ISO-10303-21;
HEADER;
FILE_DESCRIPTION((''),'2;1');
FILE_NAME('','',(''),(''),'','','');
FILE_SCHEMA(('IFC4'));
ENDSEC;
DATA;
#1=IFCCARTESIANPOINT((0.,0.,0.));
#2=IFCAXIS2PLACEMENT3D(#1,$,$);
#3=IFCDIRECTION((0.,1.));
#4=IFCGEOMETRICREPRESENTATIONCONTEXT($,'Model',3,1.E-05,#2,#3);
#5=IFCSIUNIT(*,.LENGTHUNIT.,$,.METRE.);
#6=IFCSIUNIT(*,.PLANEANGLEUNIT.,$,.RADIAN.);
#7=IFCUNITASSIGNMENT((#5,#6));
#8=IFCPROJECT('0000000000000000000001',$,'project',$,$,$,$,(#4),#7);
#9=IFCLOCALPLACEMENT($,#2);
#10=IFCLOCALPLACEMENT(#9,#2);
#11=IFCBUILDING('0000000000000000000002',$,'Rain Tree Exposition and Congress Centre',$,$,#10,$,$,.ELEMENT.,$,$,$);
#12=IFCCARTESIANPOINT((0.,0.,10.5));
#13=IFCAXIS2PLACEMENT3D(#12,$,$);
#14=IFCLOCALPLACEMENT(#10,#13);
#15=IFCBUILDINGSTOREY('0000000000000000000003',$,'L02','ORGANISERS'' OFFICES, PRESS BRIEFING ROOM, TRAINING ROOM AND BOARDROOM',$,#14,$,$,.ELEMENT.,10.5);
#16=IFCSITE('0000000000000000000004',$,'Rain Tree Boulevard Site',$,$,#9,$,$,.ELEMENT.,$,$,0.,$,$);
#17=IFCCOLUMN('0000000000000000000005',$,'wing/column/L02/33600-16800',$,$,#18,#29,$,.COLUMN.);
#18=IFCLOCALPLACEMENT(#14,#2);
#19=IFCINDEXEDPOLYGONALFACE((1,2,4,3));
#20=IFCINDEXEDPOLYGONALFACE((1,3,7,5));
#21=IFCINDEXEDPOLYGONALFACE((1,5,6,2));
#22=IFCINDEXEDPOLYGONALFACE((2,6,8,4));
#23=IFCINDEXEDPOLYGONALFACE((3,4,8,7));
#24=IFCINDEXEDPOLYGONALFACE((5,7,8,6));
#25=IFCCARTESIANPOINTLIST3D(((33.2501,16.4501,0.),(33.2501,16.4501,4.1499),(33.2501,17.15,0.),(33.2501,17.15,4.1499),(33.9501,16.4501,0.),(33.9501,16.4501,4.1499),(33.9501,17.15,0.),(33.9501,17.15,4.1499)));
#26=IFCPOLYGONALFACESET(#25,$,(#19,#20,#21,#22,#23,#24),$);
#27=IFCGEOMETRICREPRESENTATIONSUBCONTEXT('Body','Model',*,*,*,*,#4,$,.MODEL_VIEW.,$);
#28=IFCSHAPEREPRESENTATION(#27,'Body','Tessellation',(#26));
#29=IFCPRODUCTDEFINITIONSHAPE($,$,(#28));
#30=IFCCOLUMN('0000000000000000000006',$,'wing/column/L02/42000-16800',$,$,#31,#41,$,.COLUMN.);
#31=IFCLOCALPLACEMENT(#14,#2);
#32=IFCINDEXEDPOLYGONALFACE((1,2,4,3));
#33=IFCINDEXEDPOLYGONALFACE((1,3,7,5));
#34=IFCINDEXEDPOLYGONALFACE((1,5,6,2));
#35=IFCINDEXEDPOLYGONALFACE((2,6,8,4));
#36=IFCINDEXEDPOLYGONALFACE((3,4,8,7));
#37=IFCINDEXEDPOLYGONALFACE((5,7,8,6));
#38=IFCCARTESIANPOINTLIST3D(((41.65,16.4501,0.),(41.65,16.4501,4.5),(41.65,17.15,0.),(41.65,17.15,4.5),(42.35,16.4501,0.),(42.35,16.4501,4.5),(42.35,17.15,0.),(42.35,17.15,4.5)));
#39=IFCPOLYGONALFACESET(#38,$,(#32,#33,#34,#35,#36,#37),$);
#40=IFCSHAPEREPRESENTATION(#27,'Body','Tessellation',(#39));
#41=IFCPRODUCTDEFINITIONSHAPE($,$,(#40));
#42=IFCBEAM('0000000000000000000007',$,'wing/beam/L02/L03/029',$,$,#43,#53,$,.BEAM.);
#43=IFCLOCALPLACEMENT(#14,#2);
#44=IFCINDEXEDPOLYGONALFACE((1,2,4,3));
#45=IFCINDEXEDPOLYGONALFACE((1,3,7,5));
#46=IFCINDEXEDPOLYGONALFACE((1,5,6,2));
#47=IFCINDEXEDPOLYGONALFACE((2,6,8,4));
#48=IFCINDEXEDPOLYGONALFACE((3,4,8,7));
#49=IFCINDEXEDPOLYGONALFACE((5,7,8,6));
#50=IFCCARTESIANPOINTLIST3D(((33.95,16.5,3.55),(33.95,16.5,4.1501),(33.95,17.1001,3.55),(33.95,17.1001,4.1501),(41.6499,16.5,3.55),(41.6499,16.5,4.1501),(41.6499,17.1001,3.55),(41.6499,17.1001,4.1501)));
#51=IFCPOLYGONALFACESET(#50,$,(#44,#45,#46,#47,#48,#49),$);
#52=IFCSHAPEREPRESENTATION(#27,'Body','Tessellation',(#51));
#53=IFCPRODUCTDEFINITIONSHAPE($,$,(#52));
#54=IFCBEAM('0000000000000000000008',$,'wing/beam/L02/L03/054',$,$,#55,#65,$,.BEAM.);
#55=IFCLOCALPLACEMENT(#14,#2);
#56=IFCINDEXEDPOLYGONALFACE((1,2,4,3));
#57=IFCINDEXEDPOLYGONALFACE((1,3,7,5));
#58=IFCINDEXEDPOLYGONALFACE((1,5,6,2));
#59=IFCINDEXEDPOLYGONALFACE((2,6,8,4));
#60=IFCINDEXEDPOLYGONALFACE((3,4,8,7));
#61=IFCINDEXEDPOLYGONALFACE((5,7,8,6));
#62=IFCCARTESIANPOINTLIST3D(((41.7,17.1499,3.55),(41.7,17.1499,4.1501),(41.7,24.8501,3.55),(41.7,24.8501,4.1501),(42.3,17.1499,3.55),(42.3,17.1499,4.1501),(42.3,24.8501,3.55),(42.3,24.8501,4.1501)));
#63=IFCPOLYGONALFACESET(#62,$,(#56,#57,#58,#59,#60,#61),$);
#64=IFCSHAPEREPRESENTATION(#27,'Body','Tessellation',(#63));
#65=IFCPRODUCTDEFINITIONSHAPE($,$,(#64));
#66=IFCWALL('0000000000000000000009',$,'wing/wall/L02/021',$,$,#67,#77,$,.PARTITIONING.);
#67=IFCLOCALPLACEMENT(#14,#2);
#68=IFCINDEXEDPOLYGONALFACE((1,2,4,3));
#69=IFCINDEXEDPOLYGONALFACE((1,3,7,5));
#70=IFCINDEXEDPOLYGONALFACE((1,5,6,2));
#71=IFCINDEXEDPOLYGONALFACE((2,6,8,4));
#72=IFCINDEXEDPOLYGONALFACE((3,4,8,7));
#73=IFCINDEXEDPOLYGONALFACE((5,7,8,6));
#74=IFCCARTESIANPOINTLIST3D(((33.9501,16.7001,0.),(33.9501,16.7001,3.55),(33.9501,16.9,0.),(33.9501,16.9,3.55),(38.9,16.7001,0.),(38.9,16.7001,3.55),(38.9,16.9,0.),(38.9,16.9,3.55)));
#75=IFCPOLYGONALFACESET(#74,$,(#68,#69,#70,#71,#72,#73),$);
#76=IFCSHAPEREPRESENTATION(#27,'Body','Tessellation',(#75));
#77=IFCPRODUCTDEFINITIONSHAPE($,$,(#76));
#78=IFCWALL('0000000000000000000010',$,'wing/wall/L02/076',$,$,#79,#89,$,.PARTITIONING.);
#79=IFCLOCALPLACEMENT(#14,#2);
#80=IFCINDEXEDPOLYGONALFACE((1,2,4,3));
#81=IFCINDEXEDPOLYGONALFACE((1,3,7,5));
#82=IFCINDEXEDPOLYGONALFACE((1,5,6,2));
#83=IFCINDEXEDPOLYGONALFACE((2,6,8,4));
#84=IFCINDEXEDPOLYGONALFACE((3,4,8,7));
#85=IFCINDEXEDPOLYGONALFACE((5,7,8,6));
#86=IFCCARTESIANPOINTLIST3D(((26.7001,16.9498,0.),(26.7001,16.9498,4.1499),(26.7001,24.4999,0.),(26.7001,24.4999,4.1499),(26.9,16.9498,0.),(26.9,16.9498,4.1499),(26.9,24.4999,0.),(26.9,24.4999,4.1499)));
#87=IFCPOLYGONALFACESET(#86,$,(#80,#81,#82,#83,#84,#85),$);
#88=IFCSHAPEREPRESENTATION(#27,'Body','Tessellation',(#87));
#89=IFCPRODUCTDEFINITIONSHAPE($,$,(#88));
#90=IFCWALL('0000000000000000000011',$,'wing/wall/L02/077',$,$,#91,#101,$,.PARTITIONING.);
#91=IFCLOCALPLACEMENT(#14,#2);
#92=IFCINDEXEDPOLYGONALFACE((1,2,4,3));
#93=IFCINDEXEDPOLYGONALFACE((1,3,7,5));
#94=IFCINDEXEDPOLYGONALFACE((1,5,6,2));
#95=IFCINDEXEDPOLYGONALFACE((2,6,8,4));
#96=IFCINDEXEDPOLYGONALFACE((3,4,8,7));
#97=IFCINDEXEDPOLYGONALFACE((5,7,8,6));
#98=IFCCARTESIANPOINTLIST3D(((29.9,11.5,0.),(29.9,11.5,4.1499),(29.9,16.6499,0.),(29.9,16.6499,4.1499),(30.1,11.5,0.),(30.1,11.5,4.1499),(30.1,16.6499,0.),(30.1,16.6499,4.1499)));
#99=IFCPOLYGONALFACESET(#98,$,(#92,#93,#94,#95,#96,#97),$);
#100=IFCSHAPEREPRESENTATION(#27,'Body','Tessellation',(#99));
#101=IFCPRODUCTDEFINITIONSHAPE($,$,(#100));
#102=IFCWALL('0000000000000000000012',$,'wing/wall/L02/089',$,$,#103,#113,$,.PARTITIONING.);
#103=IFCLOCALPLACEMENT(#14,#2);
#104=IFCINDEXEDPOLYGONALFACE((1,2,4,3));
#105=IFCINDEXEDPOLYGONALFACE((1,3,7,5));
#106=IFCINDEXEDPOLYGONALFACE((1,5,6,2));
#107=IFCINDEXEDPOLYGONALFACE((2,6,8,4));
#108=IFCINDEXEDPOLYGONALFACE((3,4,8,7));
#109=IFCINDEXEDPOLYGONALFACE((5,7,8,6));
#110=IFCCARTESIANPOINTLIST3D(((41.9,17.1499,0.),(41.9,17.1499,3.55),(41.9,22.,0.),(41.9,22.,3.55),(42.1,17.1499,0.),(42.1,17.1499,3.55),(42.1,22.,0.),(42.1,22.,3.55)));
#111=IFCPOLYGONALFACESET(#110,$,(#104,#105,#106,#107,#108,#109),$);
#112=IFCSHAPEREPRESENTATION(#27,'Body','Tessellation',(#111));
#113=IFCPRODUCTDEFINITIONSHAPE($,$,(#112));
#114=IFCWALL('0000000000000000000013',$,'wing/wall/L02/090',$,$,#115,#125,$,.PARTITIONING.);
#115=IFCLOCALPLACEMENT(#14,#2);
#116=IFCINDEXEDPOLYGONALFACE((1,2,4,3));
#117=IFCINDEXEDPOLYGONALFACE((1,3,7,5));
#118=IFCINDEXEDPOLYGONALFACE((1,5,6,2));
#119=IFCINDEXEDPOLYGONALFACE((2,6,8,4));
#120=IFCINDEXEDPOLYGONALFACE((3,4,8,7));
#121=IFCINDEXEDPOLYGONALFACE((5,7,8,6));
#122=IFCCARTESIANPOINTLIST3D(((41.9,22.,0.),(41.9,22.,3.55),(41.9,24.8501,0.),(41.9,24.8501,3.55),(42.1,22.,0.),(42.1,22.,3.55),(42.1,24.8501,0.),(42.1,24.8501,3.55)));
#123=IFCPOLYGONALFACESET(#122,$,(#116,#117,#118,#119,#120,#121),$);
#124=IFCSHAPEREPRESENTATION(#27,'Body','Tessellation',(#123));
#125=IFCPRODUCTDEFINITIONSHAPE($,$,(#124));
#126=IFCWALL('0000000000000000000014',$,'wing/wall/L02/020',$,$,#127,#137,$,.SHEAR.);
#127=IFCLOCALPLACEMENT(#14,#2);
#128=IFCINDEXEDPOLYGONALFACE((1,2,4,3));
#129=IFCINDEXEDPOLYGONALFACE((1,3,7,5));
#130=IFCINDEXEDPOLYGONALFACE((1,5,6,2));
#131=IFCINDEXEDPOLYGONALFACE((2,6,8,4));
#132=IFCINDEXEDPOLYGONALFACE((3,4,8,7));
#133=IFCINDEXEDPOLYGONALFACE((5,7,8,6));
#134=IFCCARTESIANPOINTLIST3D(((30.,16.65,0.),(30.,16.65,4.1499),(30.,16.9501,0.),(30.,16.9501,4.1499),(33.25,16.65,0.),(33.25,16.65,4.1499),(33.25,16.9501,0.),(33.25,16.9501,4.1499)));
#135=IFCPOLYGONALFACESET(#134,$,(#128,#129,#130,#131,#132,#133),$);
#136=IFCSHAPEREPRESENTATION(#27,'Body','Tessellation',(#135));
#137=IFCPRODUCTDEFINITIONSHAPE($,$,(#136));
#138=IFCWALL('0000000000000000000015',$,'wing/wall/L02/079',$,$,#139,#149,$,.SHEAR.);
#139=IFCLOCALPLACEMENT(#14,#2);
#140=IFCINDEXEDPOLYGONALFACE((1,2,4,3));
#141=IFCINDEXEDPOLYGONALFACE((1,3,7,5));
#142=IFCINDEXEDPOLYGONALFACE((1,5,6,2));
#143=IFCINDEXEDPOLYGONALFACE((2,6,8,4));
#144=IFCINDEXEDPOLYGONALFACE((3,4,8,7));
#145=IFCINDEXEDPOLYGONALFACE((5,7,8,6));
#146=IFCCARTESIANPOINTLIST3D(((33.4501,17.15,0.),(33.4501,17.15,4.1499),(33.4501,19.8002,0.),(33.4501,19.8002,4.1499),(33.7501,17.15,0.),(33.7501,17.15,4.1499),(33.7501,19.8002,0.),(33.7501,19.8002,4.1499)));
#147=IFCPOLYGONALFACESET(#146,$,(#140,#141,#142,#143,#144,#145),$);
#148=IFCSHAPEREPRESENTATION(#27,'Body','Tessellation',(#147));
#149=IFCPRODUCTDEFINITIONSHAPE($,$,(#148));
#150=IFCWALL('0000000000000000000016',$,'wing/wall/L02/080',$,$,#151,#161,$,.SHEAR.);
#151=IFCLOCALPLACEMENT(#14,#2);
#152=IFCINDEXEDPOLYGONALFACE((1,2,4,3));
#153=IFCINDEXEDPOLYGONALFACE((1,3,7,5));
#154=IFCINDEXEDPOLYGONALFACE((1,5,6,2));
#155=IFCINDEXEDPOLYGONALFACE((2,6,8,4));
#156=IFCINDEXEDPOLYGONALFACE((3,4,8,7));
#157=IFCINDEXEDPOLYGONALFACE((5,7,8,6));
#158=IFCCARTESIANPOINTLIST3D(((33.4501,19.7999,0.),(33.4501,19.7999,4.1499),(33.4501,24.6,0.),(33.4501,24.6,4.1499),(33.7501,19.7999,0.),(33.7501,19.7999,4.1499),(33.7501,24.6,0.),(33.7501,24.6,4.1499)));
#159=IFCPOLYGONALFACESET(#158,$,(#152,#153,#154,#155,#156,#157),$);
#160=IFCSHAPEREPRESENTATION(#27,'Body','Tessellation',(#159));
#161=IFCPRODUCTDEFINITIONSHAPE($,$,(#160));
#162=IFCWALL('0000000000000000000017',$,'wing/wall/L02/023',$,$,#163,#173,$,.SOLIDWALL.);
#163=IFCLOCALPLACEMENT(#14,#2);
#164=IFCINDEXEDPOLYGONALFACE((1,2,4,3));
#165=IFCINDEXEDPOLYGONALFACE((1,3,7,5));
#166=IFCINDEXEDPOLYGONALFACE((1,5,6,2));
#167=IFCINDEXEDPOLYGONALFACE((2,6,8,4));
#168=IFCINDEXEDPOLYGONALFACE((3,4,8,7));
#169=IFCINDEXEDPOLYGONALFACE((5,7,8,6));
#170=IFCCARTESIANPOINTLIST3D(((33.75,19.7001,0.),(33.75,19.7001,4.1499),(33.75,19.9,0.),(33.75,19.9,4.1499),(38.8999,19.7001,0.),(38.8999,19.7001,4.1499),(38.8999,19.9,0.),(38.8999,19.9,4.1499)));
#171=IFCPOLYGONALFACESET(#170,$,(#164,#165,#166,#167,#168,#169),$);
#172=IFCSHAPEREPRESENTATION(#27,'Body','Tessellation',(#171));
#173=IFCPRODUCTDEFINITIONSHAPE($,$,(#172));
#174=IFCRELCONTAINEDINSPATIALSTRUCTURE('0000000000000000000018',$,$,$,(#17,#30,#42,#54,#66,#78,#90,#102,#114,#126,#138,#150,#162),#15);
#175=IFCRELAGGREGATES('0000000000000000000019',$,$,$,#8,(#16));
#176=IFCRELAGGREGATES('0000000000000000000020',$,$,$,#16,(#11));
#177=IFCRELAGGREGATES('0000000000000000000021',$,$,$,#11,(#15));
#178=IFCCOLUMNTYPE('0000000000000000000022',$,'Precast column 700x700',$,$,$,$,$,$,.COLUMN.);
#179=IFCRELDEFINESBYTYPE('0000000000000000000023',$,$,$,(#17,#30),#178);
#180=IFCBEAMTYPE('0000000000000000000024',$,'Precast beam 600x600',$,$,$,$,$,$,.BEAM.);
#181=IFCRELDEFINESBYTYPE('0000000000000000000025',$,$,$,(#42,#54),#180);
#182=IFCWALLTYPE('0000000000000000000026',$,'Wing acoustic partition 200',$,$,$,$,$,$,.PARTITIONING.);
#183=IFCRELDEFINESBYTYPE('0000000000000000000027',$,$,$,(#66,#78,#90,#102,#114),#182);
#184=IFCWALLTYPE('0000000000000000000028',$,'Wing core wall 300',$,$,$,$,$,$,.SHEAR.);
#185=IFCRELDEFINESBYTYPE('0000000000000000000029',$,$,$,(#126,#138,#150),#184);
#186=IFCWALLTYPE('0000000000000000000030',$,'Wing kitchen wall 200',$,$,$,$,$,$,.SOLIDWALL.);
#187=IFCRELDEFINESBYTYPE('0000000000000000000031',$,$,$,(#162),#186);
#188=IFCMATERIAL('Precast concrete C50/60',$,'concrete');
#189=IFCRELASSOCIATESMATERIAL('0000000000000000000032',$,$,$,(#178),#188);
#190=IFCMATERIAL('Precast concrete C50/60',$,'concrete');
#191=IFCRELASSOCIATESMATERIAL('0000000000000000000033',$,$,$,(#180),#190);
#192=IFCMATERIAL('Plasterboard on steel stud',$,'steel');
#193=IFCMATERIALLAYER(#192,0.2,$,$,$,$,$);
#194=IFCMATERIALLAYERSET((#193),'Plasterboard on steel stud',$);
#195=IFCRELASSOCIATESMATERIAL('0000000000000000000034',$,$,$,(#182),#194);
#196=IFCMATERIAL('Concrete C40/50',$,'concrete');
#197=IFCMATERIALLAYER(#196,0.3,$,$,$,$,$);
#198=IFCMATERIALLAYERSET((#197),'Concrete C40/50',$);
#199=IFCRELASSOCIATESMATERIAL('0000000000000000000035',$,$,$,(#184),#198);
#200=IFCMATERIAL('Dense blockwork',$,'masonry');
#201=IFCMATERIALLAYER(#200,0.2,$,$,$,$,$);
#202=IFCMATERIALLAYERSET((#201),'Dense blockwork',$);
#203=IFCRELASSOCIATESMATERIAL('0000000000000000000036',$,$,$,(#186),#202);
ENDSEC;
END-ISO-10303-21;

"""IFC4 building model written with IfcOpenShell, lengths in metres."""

from ifc_helpers import new_model, si_unit, direction, frame, frame_2d, origin, origin_2d, place, context, subcontext, project, spatial, rectangle, extrude, material, layer, layer_set, material_profile, profile_set, type_object, element, save


model = new_model("IFC4")

# Units and contexts
model_context = context("Model", 3, precision=1e-05, world=origin(), true_north=direction((0.0, 1.0)))
body_context = subcontext(model_context, "Body", "Model", "MODEL_VIEW")
ifc_project = project(units=[si_unit("LENGTHUNIT", "METRE"), si_unit("PLANEANGLEUNIT", "RADIAN")], contexts=[model_context])

# Site, building, storey
site_placement = place(None, origin())
site = spatial("IfcSite", under=ifc_project, at=site_placement, Name="Rain Tree Boulevard Site", CompositionType="ELEMENT", RefElevation=0.0)
building_placement = place(site_placement, origin())
building = spatial("IfcBuilding", under=site, at=building_placement, Name="Rain Tree Exposition and Congress Centre", CompositionType="ELEMENT")
storey_placement = place(building_placement, frame((0.0, 0.0, 10.5)))
storey = spatial("IfcBuildingStorey", under=building, at=storey_placement, Name="L02", Description="ORGANISERS' OFFICES, PRESS BRIEFING ROOM, TRAINING ROOM AND BOARDROOM", CompositionType="ELEMENT", Elevation=10.5)

# Columns
ifc_material_1 = material(Name="Precast concrete C50/60", Category="concrete")
ifc_material_profile_1 = material_profile(ifc_material_1, rectangle(XDim=0.7, YDim=0.7, at=origin_2d()), Name="RC 700x700")
ifc_profile_set_1 = profile_set([ifc_material_profile_1], Name="Precast concrete C50/60")
column_type = type_object("IfcColumnType", Name="Precast column 700x700", PredefinedType="COLUMN", material=ifc_profile_set_1)
column_1_placement = place(storey_placement, frame((33.6001, 16.8, 0.0), z_axis=(0.0, 0.0, 1.0), x_axis=(1.0, 0.0, 0.0)))
element("IfcColumn", 1, at=column_1_placement, inside=storey, type_object=column_type, Name="wing/column/L02/33600-16800", PredefinedType="COLUMN", context=body_context, shape_type="SweptSolid", body=[
    extrude(rectangle(XDim=0.7, YDim=0.7, at=origin_2d()), origin(), (0.0, 0.0, 1.0), 4.1499),
])
column_2_placement = place(storey_placement, frame((42.0, 16.8, 0.0), z_axis=(0.0, 0.0, 1.0), x_axis=(1.0, 0.0, 0.0)))
element("IfcColumn", 2, at=column_2_placement, inside=storey, type_object=column_type, Name="wing/column/L02/42000-16800", PredefinedType="COLUMN", context=body_context, shape_type="SweptSolid", body=[
    extrude(rectangle(XDim=0.7, YDim=0.7, at=origin_2d()), origin(), (0.0, 0.0, 1.0), 4.5),
])

# Beams
ifc_material_2 = material(Name="Precast concrete C50/60", Category="concrete")
ifc_material_profile_2 = material_profile(ifc_material_2, rectangle(XDim=0.6001, YDim=0.6001, at=origin_2d()), Name="RC 600x600")
ifc_profile_set_2 = profile_set([ifc_material_profile_2], Name="Precast concrete C50/60")
beam_type = type_object("IfcBeamType", Name="Precast beam 600x600", PredefinedType="BEAM", material=ifc_profile_set_2)
beam_1_placement = place(storey_placement, frame((33.95, 16.8, 3.8501), z_axis=(1.0, 0.0, 0.0), x_axis=(0.0, 1.0, 0.0)))
element("IfcBeam", 3, at=beam_1_placement, inside=storey, type_object=beam_type, Name="wing/beam/L02/L03/029", PredefinedType="BEAM", context=body_context, shape_type="SweptSolid", body=[
    extrude(rectangle(XDim=0.6001, YDim=0.6001, at=origin_2d()), origin(), (0.0, 0.0, 1.0), 7.7),
])
beam_2_placement = place(storey_placement, frame((42.0, 17.1499, 3.8501), z_axis=(0.0, 1.0, 0.0), x_axis=(-1.0, 0.0, 0.0)))
element("IfcBeam", 4, at=beam_2_placement, inside=storey, type_object=beam_type, Name="wing/beam/L02/L03/054", PredefinedType="BEAM", context=body_context, shape_type="SweptSolid", body=[
    extrude(rectangle(XDim=0.6001, YDim=0.6001, at=origin_2d()), origin(), (0.0, 0.0, 1.0), 7.7002),
])

# Walls
ifc_material_3 = material(Name="Plasterboard on steel stud", Category="steel")
ifc_layer_1 = layer(ifc_material_3, 0.2)
ifc_layer_set_1 = layer_set([ifc_layer_1], Name="Plasterboard on steel stud")
wall_type_1 = type_object("IfcWallType", Name="Wing acoustic partition 200", PredefinedType="PARTITIONING", material=ifc_layer_set_1)
wall_1_placement = place(storey_placement, frame((33.95, 16.8, 0.0), z_axis=(0.0, 0.0, 1.0), x_axis=(1.0, 0.0, 0.0)))
element("IfcWall", 5, at=wall_1_placement, inside=storey, type_object=wall_type_1, Name="wing/wall/L02/021", PredefinedType="PARTITIONING", context=body_context, shape_type="SweptSolid", body=[
    extrude(rectangle(XDim=4.95, YDim=0.2, at=frame_2d((2.4751, 0.0))), origin(), (0.0, 0.0, 1.0), 3.55),
])
wall_2_placement = place(storey_placement, frame((26.8, 16.95, 0.0), z_axis=(0.0, 0.0, 1.0), x_axis=(0.0, 1.0, 0.0)))
element("IfcWall", 6, at=wall_2_placement, inside=storey, type_object=wall_type_1, Name="wing/wall/L02/076", PredefinedType="PARTITIONING", context=body_context, shape_type="SweptSolid", body=[
    extrude(rectangle(XDim=7.55, YDim=0.2, at=frame_2d((3.7749, 0.0))), origin(), (0.0, 0.0, 1.0), 4.1499),
])
wall_3_placement = place(storey_placement, frame((30.0, 11.5, 0.0), z_axis=(0.0, 0.0, 1.0), x_axis=(0.0, 1.0, 0.0)))
element("IfcWall", 7, at=wall_3_placement, inside=storey, type_object=wall_type_1, Name="wing/wall/L02/077", PredefinedType="PARTITIONING", context=body_context, shape_type="SweptSolid", body=[
    extrude(rectangle(XDim=5.1499, YDim=0.2, at=frame_2d((2.575, 0.0))), origin(), (0.0, 0.0, 1.0), 4.1499),
])

# Walls
wall_4_placement = place(storey_placement, frame((42.0, 17.1499, 0.0), z_axis=(0.0, 0.0, 1.0), x_axis=(0.0, 1.0, 0.0)))
element("IfcWall", 8, at=wall_4_placement, inside=storey, type_object=wall_type_1, Name="wing/wall/L02/089", PredefinedType="PARTITIONING", context=body_context, shape_type="SweptSolid", body=[
    extrude(rectangle(XDim=4.8501, YDim=0.2, at=frame_2d((2.425, 0.0))), origin(), (0.0, 0.0, 1.0), 3.55),
])
wall_5_placement = place(storey_placement, frame((42.0, 22.0, 0.0), z_axis=(0.0, 0.0, 1.0), x_axis=(0.0, 1.0, 0.0)))
element("IfcWall", 9, at=wall_5_placement, inside=storey, type_object=wall_type_1, Name="wing/wall/L02/090", PredefinedType="PARTITIONING", context=body_context, shape_type="SweptSolid", body=[
    extrude(rectangle(XDim=2.8501, YDim=0.2, at=frame_2d((1.425, 0.0))), origin(), (0.0, 0.0, 1.0), 3.55),
])

# Shared definitions
ifc_material_4 = material(Name="Concrete C40/50", Category="concrete")
ifc_layer_2 = layer(ifc_material_4, 0.3)
ifc_layer_set_2 = layer_set([ifc_layer_2], Name="Concrete C40/50")
wall_type_2 = type_object("IfcWallType", Name="Wing core wall 300", PredefinedType="SHEAR", material=ifc_layer_set_2)

# Walls
wall_6_placement = place(storey_placement, frame((30.0, 16.8, 0.0), z_axis=(0.0, 0.0, 1.0), x_axis=(1.0, 0.0, 0.0)))
element("IfcWall", 10, at=wall_6_placement, inside=storey, type_object=wall_type_2, Name="wing/wall/L02/020", PredefinedType="SHEAR", context=body_context, shape_type="SweptSolid", body=[
    extrude(rectangle(XDim=3.25, YDim=0.3, at=frame_2d((1.625, 0.0))), origin(), (0.0, 0.0, 1.0), 4.1499),
])
wall_7_placement = place(storey_placement, frame((33.6001, 17.1499, 0.0), z_axis=(0.0, 0.0, 1.0), x_axis=(0.0, 1.0, 0.0)))
element("IfcWall", 11, at=wall_7_placement, inside=storey, type_object=wall_type_2, Name="wing/wall/L02/079", PredefinedType="SHEAR", context=body_context, shape_type="SweptSolid", body=[
    extrude(rectangle(XDim=2.6501, YDim=0.3, at=frame_2d((1.3252, 0.0))), origin(), (0.0, 0.0, 1.0), 4.1499),
])
wall_8_placement = place(storey_placement, frame((33.6001, 19.8, 0.0), z_axis=(0.0, 0.0, 1.0), x_axis=(0.0, 1.0, 0.0)))
element("IfcWall", 12, at=wall_8_placement, inside=storey, type_object=wall_type_2, Name="wing/wall/L02/080", PredefinedType="SHEAR", context=body_context, shape_type="SweptSolid", body=[
    extrude(rectangle(XDim=4.8, YDim=0.3, at=frame_2d((2.3999, 0.0))), origin(), (0.0, 0.0, 1.0), 4.1499),
])
ifc_material_5 = material(Name="Dense blockwork", Category="masonry")
ifc_layer_3 = layer(ifc_material_5, 0.2)
ifc_layer_set_3 = layer_set([ifc_layer_3], Name="Dense blockwork")
wall_type_3 = type_object("IfcWallType", Name="Wing kitchen wall 200", PredefinedType="SOLIDWALL", material=ifc_layer_set_3)
wall_9_placement = place(storey_placement, frame((33.75, 19.8, 0.0), z_axis=(0.0, 0.0, 1.0), x_axis=(1.0, 0.0, 0.0)))
element("IfcWall", 13, at=wall_9_placement, inside=storey, type_object=wall_type_3, Name="wing/wall/L02/023", PredefinedType="SOLIDWALL", context=body_context, shape_type="SweptSolid", body=[
    extrude(rectangle(XDim=5.1499, YDim=0.2, at=frame_2d((2.575, 0.0))), origin(), (0.0, 0.0, 1.0), 4.1499),
])

save(model, "model.ifc")
